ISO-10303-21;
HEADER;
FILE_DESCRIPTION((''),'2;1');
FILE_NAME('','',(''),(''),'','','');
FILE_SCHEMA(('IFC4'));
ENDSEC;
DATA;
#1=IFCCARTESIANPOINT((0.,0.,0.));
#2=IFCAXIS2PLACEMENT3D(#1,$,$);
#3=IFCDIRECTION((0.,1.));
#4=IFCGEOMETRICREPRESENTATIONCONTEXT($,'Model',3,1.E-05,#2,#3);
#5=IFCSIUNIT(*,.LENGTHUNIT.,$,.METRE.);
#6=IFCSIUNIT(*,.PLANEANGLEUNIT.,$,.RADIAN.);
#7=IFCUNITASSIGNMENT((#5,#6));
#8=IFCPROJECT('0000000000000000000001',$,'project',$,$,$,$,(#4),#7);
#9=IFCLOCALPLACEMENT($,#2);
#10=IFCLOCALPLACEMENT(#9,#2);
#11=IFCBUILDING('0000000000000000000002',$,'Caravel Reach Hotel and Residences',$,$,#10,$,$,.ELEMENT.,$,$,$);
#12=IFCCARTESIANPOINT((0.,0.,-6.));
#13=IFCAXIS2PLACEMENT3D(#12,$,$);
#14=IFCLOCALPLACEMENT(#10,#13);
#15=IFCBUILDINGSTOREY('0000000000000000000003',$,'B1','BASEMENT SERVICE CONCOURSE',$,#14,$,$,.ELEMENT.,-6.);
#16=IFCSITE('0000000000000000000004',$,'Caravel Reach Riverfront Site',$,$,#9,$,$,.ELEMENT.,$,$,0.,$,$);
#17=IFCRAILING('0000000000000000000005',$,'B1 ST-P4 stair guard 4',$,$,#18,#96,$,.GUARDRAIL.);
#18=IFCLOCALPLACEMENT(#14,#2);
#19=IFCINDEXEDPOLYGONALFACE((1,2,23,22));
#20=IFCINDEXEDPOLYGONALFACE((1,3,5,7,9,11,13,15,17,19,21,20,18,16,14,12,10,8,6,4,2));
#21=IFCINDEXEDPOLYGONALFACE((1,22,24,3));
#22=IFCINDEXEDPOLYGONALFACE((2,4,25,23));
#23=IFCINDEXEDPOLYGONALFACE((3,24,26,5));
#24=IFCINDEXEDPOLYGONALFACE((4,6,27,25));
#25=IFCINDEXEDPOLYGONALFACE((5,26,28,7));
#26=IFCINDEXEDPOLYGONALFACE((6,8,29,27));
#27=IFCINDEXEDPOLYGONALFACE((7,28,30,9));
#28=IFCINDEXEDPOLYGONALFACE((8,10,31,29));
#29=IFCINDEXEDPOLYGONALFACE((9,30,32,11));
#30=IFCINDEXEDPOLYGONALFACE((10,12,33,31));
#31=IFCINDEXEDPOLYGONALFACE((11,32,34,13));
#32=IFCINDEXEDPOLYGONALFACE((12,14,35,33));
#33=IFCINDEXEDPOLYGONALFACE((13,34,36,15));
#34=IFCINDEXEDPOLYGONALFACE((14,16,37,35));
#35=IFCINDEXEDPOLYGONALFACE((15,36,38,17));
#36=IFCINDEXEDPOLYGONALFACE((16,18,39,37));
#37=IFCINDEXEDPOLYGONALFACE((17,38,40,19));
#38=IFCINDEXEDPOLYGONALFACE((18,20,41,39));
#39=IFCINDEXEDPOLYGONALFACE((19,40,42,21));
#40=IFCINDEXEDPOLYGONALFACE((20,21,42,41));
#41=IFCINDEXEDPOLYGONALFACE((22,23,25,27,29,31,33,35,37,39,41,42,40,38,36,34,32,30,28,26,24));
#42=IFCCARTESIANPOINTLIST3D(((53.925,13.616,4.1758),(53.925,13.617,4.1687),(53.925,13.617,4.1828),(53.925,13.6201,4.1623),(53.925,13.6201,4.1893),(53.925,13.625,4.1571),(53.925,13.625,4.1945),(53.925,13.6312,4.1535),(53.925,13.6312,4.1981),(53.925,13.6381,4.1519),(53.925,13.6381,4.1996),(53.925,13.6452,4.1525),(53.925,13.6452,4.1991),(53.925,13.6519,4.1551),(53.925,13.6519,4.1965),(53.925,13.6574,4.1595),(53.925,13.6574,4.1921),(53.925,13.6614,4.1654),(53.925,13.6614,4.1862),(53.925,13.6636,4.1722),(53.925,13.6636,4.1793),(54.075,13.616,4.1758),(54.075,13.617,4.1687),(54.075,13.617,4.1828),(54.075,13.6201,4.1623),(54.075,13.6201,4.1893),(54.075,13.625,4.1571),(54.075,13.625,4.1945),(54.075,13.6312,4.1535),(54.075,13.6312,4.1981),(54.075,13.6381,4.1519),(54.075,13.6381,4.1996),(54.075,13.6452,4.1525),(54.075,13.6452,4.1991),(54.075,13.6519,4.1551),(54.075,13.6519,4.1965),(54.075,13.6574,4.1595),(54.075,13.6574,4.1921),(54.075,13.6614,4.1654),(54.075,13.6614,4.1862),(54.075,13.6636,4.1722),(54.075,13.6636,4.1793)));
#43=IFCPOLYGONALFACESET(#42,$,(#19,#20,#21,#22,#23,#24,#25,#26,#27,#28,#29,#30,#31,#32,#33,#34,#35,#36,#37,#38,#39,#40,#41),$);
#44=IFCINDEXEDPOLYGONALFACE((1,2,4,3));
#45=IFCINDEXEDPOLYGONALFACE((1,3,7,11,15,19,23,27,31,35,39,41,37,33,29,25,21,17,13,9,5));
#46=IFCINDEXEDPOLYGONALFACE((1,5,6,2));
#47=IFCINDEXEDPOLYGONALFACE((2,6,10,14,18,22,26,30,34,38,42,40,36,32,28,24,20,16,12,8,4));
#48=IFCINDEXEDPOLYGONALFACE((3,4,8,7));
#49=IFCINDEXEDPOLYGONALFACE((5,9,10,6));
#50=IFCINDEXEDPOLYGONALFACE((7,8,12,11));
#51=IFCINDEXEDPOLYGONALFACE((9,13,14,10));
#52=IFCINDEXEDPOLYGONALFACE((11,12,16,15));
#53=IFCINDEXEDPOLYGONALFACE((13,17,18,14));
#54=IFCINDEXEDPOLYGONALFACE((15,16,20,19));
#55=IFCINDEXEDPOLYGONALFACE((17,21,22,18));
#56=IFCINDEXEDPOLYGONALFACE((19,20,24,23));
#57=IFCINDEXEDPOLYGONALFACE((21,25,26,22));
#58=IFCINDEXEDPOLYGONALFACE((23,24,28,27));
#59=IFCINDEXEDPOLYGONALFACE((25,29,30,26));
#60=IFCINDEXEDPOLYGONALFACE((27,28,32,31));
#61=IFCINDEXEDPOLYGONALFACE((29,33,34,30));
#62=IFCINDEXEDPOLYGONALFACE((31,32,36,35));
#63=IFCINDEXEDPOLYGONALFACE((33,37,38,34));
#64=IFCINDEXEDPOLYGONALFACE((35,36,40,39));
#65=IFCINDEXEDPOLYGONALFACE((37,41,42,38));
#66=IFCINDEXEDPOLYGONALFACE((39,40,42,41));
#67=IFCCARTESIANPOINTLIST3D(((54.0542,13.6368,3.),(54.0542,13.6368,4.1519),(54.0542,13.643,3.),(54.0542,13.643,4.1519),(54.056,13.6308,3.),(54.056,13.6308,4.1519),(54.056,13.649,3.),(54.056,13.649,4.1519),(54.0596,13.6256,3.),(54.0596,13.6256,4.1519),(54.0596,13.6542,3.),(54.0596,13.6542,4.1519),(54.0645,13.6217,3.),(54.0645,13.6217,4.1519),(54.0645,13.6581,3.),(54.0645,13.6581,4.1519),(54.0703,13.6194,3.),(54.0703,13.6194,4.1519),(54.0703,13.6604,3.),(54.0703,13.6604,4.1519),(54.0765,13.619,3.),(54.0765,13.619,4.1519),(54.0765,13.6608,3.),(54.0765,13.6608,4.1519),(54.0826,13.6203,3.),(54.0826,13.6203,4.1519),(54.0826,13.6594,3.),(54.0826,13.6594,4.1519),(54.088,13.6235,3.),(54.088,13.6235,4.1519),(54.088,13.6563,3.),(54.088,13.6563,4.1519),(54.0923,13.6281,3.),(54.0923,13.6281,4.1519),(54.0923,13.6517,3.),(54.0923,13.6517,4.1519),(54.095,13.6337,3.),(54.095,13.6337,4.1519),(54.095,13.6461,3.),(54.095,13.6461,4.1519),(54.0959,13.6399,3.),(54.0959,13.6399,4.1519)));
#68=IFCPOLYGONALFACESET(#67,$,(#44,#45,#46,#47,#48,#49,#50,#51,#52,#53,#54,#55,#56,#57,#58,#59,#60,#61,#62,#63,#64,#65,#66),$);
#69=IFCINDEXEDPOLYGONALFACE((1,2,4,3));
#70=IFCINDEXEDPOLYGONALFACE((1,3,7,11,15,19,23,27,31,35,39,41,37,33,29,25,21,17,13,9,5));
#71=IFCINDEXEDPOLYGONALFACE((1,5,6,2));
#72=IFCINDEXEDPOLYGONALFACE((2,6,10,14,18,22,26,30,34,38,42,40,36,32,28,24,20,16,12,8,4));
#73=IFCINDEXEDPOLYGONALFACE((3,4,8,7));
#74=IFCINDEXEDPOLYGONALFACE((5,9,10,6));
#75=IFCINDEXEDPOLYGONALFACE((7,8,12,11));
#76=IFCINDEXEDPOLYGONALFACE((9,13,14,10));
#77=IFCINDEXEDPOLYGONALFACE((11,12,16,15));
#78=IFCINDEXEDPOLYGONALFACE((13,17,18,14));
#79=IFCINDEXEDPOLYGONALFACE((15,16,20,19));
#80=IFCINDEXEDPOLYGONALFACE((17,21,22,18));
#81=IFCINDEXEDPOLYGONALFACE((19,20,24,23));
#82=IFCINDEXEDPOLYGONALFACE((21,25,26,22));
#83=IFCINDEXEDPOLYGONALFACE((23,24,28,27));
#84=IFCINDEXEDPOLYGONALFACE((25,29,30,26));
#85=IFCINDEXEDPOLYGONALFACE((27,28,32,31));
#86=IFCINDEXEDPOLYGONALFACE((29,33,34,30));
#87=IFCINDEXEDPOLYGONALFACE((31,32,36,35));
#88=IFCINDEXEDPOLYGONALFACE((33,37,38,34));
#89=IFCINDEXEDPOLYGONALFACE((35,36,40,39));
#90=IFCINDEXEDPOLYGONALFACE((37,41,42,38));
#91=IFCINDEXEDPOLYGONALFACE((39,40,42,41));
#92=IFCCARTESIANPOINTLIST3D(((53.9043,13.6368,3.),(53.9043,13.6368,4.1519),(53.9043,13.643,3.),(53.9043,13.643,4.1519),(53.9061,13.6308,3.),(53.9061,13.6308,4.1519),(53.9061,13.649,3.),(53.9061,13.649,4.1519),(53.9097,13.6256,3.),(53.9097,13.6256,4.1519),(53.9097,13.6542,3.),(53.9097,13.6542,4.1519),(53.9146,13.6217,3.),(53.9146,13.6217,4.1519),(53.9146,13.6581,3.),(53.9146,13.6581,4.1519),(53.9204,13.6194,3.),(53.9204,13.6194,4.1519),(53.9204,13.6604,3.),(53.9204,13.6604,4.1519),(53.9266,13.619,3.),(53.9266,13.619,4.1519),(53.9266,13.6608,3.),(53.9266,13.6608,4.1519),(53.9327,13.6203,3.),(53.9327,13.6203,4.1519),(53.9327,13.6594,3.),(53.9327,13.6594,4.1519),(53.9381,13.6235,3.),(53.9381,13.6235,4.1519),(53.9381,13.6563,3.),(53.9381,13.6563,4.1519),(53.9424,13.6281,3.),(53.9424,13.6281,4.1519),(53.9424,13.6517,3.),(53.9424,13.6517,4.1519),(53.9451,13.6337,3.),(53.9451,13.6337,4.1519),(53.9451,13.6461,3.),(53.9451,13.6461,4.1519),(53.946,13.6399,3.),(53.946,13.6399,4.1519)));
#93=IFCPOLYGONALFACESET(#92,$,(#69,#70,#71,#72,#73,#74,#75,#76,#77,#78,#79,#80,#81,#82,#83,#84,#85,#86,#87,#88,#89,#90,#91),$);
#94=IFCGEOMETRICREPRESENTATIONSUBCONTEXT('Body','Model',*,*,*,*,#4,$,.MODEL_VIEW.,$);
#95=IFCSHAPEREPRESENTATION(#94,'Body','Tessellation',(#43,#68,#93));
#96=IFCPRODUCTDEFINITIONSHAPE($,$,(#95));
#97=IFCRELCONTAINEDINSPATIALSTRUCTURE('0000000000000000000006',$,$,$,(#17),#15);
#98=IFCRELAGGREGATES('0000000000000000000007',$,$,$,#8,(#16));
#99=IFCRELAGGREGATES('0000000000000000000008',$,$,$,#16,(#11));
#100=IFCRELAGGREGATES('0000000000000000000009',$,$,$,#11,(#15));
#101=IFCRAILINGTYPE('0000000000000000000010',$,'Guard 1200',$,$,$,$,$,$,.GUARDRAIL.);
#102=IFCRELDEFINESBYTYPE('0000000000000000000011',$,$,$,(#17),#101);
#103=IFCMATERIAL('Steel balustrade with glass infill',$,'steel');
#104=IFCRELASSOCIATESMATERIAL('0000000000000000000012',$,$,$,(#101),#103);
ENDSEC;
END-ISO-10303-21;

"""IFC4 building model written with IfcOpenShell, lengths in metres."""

from ifc_helpers import new_model, si_unit, direction, frame, origin, origin_2d, place, context, subcontext, project, spatial, circle, extrude, material, type_object, element, save


model = new_model("IFC4")

# Units and contexts
model_context = context("Model", 3, precision=1e-05, world=origin(), true_north=direction((0.0, 1.0)))
body_context = subcontext(model_context, "Body", "Model", "MODEL_VIEW")
ifc_project = project(units=[si_unit("LENGTHUNIT", "METRE"), si_unit("PLANEANGLEUNIT", "RADIAN")], contexts=[model_context])

# Site, building, storey
site_placement = place(None, origin())
site = spatial("IfcSite", under=ifc_project, at=site_placement, Name="Caravel Reach Riverfront Site", CompositionType="ELEMENT", RefElevation=0.0)
building_placement = place(site_placement, origin())
building = spatial("IfcBuilding", under=site, at=building_placement, Name="Caravel Reach Hotel and Residences", CompositionType="ELEMENT")
storey_placement = place(building_placement, frame((0.0, 0.0, -6.0)))
storey = spatial("IfcBuildingStorey", under=building, at=storey_placement, Name="B1", Description="BASEMENT SERVICE CONCOURSE", CompositionType="ELEMENT", Elevation=-6.0)

# Railing
ifc_material_1 = material(Name="Steel balustrade with glass infill", Category="steel")
railing_type_1 = type_object("IfcRailingType", Name="Guard 1200", PredefinedType="GUARDRAIL", material=ifc_material_1)
railing_1_placement = place(storey_placement, frame((54.075, 13.6399, 3.0)))
element("IfcRailing", 1, at=railing_1_placement, inside=storey, type_object=railing_type_1, Name="B1 ST-P4 stair guard 4", PredefinedType="GUARDRAIL", context=body_context, shape_type="SweptSolid", body=[
    extrude(circle(Radius=0.0239, at=origin_2d()), frame((0.0, 0.0, 1.1758), z_axis=(-1.0, 0.0, 0.0), x_axis=(0.0, -1.0, 0.0)), (0.0, 0.0, 1.0), 0.1499),
    extrude(circle(Radius=0.021, at=origin_2d()), origin(), (0.0, 0.0, 1.0), 1.1519),
    extrude(circle(Radius=0.021, at=origin_2d()), frame((-0.1499, 0.0, 0.0)), (0.0, 0.0, 1.0), 1.1519),
])

save(model, "model.ifc")
